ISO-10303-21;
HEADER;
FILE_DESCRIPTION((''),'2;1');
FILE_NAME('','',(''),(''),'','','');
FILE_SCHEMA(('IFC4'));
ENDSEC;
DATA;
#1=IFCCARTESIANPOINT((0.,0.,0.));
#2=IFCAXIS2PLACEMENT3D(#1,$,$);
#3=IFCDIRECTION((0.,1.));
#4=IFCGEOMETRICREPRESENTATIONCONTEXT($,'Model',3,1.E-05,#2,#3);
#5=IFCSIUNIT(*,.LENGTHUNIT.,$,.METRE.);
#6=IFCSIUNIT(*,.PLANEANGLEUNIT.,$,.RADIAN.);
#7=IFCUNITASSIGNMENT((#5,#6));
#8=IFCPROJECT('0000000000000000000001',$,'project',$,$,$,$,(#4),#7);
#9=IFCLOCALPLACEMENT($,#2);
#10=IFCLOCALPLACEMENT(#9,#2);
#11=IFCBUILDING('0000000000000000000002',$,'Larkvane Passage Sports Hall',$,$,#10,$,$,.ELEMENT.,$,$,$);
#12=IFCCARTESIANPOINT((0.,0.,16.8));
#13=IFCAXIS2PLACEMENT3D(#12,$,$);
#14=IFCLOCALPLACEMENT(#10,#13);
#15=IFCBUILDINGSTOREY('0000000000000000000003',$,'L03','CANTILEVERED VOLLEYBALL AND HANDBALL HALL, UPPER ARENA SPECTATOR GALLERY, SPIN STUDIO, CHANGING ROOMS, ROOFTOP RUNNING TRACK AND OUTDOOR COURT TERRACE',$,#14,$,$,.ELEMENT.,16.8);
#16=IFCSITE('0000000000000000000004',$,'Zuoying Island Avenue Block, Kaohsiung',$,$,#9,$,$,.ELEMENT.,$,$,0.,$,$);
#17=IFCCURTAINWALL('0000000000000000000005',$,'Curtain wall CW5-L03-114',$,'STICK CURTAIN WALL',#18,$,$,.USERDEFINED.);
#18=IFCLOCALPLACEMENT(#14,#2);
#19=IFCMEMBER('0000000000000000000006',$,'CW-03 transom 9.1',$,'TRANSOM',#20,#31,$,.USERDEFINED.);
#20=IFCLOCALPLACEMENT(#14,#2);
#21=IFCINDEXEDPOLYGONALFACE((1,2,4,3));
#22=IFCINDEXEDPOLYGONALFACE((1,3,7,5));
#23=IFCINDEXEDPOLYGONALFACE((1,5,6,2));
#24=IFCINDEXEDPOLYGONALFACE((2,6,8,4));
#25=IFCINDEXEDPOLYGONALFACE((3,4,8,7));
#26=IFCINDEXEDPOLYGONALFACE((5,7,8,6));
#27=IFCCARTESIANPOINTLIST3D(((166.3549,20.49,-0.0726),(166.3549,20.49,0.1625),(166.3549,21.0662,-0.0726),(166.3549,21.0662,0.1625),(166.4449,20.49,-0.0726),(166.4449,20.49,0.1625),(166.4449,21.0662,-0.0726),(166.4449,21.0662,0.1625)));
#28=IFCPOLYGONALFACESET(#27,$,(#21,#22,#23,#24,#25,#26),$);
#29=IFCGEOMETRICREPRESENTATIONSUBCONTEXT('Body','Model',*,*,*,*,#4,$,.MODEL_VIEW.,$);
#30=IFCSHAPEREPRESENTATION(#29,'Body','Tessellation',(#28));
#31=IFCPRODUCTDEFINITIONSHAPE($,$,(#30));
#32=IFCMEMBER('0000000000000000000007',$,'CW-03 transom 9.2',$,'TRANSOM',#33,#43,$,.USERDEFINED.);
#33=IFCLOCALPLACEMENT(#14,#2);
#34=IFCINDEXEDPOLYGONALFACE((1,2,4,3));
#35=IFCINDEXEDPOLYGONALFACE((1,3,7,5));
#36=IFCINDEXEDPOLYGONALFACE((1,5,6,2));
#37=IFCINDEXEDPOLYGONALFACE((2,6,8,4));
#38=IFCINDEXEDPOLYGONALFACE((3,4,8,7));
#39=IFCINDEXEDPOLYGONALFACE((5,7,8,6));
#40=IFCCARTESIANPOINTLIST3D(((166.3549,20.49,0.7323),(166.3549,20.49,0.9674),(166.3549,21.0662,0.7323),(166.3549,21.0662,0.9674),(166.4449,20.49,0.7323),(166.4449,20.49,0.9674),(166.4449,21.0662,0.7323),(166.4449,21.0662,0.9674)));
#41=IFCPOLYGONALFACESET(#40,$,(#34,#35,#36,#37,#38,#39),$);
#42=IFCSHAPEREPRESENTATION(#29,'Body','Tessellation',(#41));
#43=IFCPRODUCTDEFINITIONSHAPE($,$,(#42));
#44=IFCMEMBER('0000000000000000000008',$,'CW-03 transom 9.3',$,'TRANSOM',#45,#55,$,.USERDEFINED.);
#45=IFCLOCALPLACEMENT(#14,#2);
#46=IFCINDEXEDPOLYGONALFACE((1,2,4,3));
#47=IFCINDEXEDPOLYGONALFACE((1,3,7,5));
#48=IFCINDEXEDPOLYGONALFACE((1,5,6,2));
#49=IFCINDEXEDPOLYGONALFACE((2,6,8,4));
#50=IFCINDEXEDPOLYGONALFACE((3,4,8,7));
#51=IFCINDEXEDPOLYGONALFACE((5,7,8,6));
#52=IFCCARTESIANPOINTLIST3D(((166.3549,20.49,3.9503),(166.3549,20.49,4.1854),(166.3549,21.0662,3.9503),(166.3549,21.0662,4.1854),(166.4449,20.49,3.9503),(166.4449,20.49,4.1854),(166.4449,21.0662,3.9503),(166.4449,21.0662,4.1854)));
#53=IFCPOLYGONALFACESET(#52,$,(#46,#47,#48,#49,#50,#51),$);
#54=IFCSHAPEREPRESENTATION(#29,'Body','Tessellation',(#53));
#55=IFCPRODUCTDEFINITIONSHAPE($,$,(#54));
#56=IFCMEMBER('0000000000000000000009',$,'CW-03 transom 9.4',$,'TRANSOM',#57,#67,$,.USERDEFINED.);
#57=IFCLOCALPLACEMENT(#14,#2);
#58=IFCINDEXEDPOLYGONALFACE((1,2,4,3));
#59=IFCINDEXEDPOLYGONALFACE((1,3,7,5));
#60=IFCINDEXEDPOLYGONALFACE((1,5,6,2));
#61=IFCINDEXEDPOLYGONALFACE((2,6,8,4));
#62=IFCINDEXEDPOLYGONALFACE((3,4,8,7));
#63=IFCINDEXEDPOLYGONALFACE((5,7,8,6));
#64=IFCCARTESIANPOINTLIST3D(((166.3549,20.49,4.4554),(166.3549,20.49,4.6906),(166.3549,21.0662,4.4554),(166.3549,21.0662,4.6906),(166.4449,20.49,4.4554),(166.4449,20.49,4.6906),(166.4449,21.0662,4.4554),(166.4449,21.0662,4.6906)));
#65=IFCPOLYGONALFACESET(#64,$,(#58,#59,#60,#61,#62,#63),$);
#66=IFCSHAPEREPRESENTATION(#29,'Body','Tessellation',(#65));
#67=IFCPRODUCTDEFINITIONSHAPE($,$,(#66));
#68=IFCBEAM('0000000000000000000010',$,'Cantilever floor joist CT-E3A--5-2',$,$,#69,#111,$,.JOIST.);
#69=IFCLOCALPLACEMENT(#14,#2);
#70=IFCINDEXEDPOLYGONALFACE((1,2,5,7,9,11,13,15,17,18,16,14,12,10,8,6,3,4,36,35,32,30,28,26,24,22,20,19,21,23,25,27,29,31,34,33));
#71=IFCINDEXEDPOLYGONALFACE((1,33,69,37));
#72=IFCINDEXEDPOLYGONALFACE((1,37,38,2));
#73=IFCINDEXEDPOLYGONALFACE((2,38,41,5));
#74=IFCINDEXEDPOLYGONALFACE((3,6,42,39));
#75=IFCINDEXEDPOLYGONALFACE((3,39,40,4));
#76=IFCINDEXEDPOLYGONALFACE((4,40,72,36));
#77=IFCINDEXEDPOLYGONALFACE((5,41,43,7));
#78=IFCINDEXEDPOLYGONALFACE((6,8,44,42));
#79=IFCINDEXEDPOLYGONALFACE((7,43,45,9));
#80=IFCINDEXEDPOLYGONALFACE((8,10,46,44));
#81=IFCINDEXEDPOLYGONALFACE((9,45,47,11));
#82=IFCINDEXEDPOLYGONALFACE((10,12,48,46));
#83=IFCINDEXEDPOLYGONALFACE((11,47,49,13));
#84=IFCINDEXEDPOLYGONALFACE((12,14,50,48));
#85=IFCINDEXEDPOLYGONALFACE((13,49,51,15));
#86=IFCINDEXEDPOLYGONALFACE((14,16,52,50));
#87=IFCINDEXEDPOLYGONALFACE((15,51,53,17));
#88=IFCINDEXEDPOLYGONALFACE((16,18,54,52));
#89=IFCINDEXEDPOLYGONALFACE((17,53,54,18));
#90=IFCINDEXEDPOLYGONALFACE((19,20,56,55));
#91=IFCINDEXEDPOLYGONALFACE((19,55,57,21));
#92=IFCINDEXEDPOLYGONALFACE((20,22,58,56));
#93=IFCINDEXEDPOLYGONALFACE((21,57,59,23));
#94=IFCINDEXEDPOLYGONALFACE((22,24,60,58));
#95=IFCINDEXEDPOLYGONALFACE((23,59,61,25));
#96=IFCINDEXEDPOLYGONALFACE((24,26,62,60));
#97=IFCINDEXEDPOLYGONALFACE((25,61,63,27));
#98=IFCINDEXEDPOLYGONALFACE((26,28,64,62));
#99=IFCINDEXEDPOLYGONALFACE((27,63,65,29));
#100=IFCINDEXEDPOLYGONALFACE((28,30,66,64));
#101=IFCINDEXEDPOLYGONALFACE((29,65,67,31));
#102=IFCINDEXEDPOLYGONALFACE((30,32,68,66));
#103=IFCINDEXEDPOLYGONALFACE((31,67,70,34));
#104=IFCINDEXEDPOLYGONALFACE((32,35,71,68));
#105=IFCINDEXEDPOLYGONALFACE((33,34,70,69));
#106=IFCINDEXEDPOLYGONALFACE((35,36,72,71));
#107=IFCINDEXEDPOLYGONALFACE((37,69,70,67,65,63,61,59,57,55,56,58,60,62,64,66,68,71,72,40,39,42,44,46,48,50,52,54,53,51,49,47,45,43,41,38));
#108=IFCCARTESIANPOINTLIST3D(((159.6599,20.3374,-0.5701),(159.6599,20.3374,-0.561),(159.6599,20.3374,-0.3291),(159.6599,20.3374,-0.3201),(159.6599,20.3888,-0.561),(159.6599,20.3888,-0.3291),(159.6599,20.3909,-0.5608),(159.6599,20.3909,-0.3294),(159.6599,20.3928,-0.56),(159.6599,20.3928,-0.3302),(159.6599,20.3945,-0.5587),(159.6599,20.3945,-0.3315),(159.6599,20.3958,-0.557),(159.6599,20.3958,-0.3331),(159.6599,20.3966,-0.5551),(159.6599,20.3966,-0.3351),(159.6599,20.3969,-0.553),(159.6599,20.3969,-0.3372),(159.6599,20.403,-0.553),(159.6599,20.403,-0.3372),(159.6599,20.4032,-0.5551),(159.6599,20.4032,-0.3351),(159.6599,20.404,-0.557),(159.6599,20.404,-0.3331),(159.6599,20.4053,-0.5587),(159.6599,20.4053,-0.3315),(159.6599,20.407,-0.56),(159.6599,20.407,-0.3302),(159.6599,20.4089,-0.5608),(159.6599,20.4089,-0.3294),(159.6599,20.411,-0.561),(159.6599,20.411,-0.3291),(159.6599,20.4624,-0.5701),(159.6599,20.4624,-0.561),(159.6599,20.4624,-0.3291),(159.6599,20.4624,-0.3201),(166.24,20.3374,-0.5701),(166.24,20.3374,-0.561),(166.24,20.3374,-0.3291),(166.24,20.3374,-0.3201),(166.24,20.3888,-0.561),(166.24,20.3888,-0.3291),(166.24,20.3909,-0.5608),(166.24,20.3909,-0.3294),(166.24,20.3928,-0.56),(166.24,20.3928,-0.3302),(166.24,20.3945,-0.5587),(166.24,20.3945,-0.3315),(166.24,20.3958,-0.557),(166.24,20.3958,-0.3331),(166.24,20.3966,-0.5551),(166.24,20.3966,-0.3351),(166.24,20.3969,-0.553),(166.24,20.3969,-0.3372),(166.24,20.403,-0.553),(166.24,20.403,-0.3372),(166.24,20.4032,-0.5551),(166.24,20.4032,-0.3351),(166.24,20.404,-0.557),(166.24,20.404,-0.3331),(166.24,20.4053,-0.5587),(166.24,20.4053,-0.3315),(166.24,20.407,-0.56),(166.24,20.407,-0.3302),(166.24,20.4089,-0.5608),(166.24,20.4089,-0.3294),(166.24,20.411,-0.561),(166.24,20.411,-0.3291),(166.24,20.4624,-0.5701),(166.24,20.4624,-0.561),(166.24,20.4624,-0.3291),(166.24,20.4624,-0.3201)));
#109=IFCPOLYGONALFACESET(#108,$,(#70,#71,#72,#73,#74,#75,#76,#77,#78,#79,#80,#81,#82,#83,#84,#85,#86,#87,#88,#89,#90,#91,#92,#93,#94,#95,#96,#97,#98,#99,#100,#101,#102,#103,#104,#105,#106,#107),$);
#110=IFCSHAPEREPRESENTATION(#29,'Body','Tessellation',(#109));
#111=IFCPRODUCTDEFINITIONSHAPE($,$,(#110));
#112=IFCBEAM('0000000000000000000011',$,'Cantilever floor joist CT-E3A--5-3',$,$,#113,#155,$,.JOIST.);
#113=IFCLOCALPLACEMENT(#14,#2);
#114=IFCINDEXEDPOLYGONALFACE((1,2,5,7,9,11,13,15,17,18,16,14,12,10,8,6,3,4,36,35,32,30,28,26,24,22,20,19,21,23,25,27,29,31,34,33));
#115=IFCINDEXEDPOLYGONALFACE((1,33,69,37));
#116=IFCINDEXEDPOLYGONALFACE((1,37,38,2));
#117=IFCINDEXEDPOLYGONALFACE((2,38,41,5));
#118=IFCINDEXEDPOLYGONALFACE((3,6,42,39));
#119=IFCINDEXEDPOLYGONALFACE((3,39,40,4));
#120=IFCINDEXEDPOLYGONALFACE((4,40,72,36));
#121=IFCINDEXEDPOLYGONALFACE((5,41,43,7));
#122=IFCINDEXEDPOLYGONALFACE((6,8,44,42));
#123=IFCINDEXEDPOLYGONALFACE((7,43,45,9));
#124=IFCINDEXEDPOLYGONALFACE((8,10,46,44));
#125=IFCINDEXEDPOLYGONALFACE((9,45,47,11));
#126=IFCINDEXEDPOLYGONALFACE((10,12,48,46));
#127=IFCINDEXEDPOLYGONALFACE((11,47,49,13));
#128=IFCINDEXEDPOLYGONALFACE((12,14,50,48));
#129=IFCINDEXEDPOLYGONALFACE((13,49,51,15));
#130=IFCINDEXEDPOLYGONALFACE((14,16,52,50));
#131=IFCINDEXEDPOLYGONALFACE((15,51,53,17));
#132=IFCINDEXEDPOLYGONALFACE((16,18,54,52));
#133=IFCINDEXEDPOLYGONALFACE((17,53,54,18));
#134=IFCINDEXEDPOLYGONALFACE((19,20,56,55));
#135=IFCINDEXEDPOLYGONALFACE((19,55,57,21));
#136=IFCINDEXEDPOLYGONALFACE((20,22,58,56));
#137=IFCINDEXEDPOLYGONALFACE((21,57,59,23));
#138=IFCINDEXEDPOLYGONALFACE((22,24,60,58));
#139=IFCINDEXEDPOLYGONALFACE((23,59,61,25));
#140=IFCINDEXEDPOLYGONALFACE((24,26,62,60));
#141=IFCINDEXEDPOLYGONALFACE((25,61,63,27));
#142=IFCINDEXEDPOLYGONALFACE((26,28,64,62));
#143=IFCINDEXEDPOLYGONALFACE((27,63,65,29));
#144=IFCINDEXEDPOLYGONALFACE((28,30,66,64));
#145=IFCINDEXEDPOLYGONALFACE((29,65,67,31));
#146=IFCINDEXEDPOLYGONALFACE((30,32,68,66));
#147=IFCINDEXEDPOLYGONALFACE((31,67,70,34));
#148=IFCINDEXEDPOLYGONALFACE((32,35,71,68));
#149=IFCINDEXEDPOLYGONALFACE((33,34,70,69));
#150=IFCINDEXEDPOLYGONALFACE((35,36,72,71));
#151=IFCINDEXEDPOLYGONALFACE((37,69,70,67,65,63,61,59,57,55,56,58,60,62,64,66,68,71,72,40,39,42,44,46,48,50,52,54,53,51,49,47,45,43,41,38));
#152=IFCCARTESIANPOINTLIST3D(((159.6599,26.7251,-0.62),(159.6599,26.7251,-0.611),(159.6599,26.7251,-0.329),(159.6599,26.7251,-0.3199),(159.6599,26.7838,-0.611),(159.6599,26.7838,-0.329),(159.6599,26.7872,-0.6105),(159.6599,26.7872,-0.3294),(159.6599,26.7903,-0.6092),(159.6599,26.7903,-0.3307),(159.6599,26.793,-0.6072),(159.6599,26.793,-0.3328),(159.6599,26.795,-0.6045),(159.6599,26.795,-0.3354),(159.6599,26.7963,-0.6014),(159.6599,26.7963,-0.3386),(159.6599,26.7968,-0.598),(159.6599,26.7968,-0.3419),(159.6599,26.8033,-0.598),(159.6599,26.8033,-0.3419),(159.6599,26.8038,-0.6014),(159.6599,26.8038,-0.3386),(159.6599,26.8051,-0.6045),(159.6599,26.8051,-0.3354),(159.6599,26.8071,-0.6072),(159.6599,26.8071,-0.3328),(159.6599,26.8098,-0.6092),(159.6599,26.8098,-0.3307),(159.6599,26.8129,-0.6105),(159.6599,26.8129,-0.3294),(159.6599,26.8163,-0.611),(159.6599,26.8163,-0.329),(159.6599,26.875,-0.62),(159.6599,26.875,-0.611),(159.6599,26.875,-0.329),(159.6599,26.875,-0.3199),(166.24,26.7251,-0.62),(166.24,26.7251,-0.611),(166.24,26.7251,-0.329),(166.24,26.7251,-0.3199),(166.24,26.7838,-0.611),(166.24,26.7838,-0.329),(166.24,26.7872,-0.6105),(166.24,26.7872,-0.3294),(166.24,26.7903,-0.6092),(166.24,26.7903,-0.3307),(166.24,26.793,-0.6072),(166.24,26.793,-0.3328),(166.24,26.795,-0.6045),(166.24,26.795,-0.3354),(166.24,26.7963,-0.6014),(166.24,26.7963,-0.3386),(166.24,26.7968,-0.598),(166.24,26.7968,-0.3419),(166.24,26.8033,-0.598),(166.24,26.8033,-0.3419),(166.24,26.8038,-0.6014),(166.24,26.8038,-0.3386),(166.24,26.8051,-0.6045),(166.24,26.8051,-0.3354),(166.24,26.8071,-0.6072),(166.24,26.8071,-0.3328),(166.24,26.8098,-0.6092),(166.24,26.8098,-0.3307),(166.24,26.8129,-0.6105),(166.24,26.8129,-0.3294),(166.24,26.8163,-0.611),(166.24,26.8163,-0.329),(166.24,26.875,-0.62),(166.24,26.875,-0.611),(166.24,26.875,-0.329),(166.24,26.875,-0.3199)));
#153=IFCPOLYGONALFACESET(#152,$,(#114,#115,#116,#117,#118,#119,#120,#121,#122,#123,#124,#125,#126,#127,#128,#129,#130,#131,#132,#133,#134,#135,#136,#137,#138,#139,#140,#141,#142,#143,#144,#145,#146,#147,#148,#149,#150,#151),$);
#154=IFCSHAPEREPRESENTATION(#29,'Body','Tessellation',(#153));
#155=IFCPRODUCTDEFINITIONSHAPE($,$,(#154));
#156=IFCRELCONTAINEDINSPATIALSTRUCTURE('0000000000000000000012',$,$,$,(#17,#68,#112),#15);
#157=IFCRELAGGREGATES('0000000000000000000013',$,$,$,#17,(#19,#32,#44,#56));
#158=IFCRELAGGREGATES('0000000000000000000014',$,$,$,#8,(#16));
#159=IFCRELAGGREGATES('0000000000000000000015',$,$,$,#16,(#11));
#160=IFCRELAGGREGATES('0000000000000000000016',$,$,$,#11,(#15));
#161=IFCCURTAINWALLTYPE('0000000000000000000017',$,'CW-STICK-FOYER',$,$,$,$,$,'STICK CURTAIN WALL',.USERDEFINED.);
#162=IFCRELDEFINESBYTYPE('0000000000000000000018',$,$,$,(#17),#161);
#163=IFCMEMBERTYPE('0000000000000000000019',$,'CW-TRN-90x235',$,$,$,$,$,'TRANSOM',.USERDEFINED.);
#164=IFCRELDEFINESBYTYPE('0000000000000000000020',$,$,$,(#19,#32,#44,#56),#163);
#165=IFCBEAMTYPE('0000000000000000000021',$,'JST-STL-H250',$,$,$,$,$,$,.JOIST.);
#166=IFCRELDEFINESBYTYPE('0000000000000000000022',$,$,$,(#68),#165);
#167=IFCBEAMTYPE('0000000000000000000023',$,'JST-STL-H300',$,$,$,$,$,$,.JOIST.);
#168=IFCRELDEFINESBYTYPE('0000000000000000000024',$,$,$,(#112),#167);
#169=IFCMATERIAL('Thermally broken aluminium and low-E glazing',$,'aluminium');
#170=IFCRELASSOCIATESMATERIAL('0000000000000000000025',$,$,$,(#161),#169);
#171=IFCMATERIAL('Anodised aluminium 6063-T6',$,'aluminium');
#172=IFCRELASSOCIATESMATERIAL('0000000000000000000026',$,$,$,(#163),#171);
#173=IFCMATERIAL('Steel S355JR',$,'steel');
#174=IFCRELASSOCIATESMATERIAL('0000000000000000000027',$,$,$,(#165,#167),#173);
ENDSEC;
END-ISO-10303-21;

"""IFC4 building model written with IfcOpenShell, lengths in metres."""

from ifc_helpers import new_model, si_unit, direction, frame, origin, origin_2d, place, context, subcontext, project, spatial, rectangle, i_section, extrude, material, material_profile, profile_set, type_object, element, aggregate, save


model = new_model("IFC4")

# Units and contexts
model_context = context("Model", 3, precision=1e-05, world=origin(), true_north=direction((0.0, 1.0)))
body_context = subcontext(model_context, "Body", "Model", "MODEL_VIEW")
ifc_project = project(units=[si_unit("LENGTHUNIT", "METRE"), si_unit("PLANEANGLEUNIT", "RADIAN")], contexts=[model_context])

# Site, building, storey
site_placement = place(None, origin())
site = spatial("IfcSite", under=ifc_project, at=site_placement, Name="Zuoying Island Avenue Block, Kaohsiung", CompositionType="ELEMENT", RefElevation=0.0)
building_placement = place(site_placement, origin())
building = spatial("IfcBuilding", under=site, at=building_placement, Name="Larkvane Passage Sports Hall", CompositionType="ELEMENT")
storey_placement = place(building_placement, frame((0.0, 0.0, 16.8)))
storey = spatial("IfcBuildingStorey", under=building, at=storey_placement, Name="L03", Description="CANTILEVERED VOLLEYBALL AND HANDBALL HALL, UPPER ARENA SPECTATOR GALLERY, SPIN STUDIO, CHANGING ROOMS, ROOFTOP RUNNING TRACK AND OUTDOOR COURT TERRACE", CompositionType="ELEMENT", Elevation=16.8)

# Shared definitions
ifc_material_1 = material(Name="Thermally broken aluminium and low-E glazing", Category="aluminium")
ifc_material_2 = material(Name="Anodised aluminium 6063-T6", Category="aluminium")

# Curtain wall, members
curtain_wall_type_1 = type_object("IfcCurtainWallType", Name="CW-STICK-FOYER", ElementType="STICK CURTAIN WALL", PredefinedType="USERDEFINED", material=ifc_material_1)
curtain_wall_1_placement = place(storey_placement, origin())
curtain_wall_1 = element("IfcCurtainWall", 1, at=curtain_wall_1_placement, inside=storey, type_object=curtain_wall_type_1, Name="Curtain wall CW5-L03-114", ObjectType="STICK CURTAIN WALL", PredefinedType="USERDEFINED")
ifc_material_profile_1 = material_profile(ifc_material_2, rectangle(XDim=0.0901, YDim=0.2351, at=origin_2d()), Name="ALU-TRN-90x235")
ifc_profile_set_1 = profile_set([ifc_material_profile_1], Name="Anodised aluminium 6063-T6")
member_type_1 = type_object("IfcMemberType", Name="CW-TRN-90x235", ElementType="TRANSOM", PredefinedType="USERDEFINED", material=ifc_profile_set_1)
member_1_placement = place(storey_placement, frame((166.3999, 21.0662, 0.0449), z_axis=(0.0, -1.0, 0.0), x_axis=(1.0, 0.0, 0.0)))
member_1 = element("IfcMember", 2, at=member_1_placement, type_object=member_type_1, Name="CW-03 transom 9.1", ObjectType="TRANSOM", PredefinedType="USERDEFINED", context=body_context, shape_type="SweptSolid", body=[
    extrude(rectangle(XDim=0.0901, YDim=0.2351, at=origin_2d()), origin(), (0.0, 0.0, 1.0), 0.5762),
])
member_2_placement = place(storey_placement, frame((166.3999, 21.0662, 0.8499), z_axis=(0.0, -1.0, 0.0), x_axis=(1.0, 0.0, 0.0)))
member_2 = element("IfcMember", 3, at=member_2_placement, type_object=member_type_1, Name="CW-03 transom 9.2", ObjectType="TRANSOM", PredefinedType="USERDEFINED", context=body_context, shape_type="SweptSolid", body=[
    extrude(rectangle(XDim=0.0901, YDim=0.2351, at=origin_2d()), origin(), (0.0, 0.0, 1.0), 0.5762),
])
member_3_placement = place(storey_placement, frame((166.3999, 21.0662, 4.0679), z_axis=(0.0, -1.0, 0.0), x_axis=(1.0, 0.0, 0.0)))
member_3 = element("IfcMember", 4, at=member_3_placement, type_object=member_type_1, Name="CW-03 transom 9.3", ObjectType="TRANSOM", PredefinedType="USERDEFINED", context=body_context, shape_type="SweptSolid", body=[
    extrude(rectangle(XDim=0.0901, YDim=0.2351, at=origin_2d()), origin(), (0.0, 0.0, 1.0), 0.5762),
])
member_4_placement = place(storey_placement, frame((166.3999, 21.0662, 4.573), z_axis=(0.0, -1.0, 0.0), x_axis=(1.0, 0.0, 0.0)))
member_4 = element("IfcMember", 5, at=member_4_placement, type_object=member_type_1, Name="CW-03 transom 9.4", ObjectType="TRANSOM", PredefinedType="USERDEFINED", context=body_context, shape_type="SweptSolid", body=[
    extrude(rectangle(XDim=0.0901, YDim=0.2351, at=origin_2d()), origin(), (0.0, 0.0, 1.0), 0.5762),
])

# Beams
ifc_material_3 = material(Name="Steel S355JR", Category="steel")
ifc_material_profile_2 = material_profile(ifc_material_3, i_section(OverallWidth=0.125, OverallDepth=0.25, WebThickness=0.0061, FlangeThickness=0.009, FilletRadius=0.0081, at=origin_2d()), Name="H-250x125x6x9")
ifc_profile_set_2 = profile_set([ifc_material_profile_2], Name="Steel S355JR")
beam_type_1 = type_object("IfcBeamType", Name="JST-STL-H250", PredefinedType="JOIST", material=ifc_profile_set_2)
beam_1_placement = place(storey_placement, frame((159.6599, 20.3999, -0.4451), z_axis=(1.0, 0.0, 0.0), x_axis=(0.0, 1.0, 0.0)))
element("IfcBeam", 6, at=beam_1_placement, inside=storey, type_object=beam_type_1, Name="Cantilever floor joist CT-E3A--5-2", PredefinedType="JOIST", context=body_context, shape_type="SweptSolid", body=[
    extrude(i_section(OverallWidth=0.125, OverallDepth=0.25, WebThickness=0.0061, FlangeThickness=0.009, FilletRadius=0.0081, at=origin_2d()), origin(), (0.0, 0.0, 1.0), 6.5801),
])
ifc_material_profile_3 = material_profile(ifc_material_3, i_section(OverallWidth=0.1499, OverallDepth=0.3, WebThickness=0.0066, FlangeThickness=0.009, FilletRadius=0.0129, at=origin_2d()), Name="H-300x150x6.5x9")
ifc_profile_set_3 = profile_set([ifc_material_profile_3], Name="Steel S355JR")
beam_type_2 = type_object("IfcBeamType", Name="JST-STL-H300", PredefinedType="JOIST", material=ifc_profile_set_3)
beam_2_placement = place(storey_placement, frame((159.6599, 26.8, -0.47), z_axis=(1.0, 0.0, 0.0), x_axis=(0.0, 1.0, 0.0)))
element("IfcBeam", 7, at=beam_2_placement, inside=storey, type_object=beam_type_2, Name="Cantilever floor joist CT-E3A--5-3", PredefinedType="JOIST", context=body_context, shape_type="SweptSolid", body=[
    extrude(i_section(OverallWidth=0.1499, OverallDepth=0.3, WebThickness=0.0066, FlangeThickness=0.009, FilletRadius=0.0129, at=origin_2d()), origin(), (0.0, 0.0, 1.0), 6.5801),
])

aggregate(curtain_wall_1, [member_1, member_2, member_3, member_4])

save(model, "model.ifc")
